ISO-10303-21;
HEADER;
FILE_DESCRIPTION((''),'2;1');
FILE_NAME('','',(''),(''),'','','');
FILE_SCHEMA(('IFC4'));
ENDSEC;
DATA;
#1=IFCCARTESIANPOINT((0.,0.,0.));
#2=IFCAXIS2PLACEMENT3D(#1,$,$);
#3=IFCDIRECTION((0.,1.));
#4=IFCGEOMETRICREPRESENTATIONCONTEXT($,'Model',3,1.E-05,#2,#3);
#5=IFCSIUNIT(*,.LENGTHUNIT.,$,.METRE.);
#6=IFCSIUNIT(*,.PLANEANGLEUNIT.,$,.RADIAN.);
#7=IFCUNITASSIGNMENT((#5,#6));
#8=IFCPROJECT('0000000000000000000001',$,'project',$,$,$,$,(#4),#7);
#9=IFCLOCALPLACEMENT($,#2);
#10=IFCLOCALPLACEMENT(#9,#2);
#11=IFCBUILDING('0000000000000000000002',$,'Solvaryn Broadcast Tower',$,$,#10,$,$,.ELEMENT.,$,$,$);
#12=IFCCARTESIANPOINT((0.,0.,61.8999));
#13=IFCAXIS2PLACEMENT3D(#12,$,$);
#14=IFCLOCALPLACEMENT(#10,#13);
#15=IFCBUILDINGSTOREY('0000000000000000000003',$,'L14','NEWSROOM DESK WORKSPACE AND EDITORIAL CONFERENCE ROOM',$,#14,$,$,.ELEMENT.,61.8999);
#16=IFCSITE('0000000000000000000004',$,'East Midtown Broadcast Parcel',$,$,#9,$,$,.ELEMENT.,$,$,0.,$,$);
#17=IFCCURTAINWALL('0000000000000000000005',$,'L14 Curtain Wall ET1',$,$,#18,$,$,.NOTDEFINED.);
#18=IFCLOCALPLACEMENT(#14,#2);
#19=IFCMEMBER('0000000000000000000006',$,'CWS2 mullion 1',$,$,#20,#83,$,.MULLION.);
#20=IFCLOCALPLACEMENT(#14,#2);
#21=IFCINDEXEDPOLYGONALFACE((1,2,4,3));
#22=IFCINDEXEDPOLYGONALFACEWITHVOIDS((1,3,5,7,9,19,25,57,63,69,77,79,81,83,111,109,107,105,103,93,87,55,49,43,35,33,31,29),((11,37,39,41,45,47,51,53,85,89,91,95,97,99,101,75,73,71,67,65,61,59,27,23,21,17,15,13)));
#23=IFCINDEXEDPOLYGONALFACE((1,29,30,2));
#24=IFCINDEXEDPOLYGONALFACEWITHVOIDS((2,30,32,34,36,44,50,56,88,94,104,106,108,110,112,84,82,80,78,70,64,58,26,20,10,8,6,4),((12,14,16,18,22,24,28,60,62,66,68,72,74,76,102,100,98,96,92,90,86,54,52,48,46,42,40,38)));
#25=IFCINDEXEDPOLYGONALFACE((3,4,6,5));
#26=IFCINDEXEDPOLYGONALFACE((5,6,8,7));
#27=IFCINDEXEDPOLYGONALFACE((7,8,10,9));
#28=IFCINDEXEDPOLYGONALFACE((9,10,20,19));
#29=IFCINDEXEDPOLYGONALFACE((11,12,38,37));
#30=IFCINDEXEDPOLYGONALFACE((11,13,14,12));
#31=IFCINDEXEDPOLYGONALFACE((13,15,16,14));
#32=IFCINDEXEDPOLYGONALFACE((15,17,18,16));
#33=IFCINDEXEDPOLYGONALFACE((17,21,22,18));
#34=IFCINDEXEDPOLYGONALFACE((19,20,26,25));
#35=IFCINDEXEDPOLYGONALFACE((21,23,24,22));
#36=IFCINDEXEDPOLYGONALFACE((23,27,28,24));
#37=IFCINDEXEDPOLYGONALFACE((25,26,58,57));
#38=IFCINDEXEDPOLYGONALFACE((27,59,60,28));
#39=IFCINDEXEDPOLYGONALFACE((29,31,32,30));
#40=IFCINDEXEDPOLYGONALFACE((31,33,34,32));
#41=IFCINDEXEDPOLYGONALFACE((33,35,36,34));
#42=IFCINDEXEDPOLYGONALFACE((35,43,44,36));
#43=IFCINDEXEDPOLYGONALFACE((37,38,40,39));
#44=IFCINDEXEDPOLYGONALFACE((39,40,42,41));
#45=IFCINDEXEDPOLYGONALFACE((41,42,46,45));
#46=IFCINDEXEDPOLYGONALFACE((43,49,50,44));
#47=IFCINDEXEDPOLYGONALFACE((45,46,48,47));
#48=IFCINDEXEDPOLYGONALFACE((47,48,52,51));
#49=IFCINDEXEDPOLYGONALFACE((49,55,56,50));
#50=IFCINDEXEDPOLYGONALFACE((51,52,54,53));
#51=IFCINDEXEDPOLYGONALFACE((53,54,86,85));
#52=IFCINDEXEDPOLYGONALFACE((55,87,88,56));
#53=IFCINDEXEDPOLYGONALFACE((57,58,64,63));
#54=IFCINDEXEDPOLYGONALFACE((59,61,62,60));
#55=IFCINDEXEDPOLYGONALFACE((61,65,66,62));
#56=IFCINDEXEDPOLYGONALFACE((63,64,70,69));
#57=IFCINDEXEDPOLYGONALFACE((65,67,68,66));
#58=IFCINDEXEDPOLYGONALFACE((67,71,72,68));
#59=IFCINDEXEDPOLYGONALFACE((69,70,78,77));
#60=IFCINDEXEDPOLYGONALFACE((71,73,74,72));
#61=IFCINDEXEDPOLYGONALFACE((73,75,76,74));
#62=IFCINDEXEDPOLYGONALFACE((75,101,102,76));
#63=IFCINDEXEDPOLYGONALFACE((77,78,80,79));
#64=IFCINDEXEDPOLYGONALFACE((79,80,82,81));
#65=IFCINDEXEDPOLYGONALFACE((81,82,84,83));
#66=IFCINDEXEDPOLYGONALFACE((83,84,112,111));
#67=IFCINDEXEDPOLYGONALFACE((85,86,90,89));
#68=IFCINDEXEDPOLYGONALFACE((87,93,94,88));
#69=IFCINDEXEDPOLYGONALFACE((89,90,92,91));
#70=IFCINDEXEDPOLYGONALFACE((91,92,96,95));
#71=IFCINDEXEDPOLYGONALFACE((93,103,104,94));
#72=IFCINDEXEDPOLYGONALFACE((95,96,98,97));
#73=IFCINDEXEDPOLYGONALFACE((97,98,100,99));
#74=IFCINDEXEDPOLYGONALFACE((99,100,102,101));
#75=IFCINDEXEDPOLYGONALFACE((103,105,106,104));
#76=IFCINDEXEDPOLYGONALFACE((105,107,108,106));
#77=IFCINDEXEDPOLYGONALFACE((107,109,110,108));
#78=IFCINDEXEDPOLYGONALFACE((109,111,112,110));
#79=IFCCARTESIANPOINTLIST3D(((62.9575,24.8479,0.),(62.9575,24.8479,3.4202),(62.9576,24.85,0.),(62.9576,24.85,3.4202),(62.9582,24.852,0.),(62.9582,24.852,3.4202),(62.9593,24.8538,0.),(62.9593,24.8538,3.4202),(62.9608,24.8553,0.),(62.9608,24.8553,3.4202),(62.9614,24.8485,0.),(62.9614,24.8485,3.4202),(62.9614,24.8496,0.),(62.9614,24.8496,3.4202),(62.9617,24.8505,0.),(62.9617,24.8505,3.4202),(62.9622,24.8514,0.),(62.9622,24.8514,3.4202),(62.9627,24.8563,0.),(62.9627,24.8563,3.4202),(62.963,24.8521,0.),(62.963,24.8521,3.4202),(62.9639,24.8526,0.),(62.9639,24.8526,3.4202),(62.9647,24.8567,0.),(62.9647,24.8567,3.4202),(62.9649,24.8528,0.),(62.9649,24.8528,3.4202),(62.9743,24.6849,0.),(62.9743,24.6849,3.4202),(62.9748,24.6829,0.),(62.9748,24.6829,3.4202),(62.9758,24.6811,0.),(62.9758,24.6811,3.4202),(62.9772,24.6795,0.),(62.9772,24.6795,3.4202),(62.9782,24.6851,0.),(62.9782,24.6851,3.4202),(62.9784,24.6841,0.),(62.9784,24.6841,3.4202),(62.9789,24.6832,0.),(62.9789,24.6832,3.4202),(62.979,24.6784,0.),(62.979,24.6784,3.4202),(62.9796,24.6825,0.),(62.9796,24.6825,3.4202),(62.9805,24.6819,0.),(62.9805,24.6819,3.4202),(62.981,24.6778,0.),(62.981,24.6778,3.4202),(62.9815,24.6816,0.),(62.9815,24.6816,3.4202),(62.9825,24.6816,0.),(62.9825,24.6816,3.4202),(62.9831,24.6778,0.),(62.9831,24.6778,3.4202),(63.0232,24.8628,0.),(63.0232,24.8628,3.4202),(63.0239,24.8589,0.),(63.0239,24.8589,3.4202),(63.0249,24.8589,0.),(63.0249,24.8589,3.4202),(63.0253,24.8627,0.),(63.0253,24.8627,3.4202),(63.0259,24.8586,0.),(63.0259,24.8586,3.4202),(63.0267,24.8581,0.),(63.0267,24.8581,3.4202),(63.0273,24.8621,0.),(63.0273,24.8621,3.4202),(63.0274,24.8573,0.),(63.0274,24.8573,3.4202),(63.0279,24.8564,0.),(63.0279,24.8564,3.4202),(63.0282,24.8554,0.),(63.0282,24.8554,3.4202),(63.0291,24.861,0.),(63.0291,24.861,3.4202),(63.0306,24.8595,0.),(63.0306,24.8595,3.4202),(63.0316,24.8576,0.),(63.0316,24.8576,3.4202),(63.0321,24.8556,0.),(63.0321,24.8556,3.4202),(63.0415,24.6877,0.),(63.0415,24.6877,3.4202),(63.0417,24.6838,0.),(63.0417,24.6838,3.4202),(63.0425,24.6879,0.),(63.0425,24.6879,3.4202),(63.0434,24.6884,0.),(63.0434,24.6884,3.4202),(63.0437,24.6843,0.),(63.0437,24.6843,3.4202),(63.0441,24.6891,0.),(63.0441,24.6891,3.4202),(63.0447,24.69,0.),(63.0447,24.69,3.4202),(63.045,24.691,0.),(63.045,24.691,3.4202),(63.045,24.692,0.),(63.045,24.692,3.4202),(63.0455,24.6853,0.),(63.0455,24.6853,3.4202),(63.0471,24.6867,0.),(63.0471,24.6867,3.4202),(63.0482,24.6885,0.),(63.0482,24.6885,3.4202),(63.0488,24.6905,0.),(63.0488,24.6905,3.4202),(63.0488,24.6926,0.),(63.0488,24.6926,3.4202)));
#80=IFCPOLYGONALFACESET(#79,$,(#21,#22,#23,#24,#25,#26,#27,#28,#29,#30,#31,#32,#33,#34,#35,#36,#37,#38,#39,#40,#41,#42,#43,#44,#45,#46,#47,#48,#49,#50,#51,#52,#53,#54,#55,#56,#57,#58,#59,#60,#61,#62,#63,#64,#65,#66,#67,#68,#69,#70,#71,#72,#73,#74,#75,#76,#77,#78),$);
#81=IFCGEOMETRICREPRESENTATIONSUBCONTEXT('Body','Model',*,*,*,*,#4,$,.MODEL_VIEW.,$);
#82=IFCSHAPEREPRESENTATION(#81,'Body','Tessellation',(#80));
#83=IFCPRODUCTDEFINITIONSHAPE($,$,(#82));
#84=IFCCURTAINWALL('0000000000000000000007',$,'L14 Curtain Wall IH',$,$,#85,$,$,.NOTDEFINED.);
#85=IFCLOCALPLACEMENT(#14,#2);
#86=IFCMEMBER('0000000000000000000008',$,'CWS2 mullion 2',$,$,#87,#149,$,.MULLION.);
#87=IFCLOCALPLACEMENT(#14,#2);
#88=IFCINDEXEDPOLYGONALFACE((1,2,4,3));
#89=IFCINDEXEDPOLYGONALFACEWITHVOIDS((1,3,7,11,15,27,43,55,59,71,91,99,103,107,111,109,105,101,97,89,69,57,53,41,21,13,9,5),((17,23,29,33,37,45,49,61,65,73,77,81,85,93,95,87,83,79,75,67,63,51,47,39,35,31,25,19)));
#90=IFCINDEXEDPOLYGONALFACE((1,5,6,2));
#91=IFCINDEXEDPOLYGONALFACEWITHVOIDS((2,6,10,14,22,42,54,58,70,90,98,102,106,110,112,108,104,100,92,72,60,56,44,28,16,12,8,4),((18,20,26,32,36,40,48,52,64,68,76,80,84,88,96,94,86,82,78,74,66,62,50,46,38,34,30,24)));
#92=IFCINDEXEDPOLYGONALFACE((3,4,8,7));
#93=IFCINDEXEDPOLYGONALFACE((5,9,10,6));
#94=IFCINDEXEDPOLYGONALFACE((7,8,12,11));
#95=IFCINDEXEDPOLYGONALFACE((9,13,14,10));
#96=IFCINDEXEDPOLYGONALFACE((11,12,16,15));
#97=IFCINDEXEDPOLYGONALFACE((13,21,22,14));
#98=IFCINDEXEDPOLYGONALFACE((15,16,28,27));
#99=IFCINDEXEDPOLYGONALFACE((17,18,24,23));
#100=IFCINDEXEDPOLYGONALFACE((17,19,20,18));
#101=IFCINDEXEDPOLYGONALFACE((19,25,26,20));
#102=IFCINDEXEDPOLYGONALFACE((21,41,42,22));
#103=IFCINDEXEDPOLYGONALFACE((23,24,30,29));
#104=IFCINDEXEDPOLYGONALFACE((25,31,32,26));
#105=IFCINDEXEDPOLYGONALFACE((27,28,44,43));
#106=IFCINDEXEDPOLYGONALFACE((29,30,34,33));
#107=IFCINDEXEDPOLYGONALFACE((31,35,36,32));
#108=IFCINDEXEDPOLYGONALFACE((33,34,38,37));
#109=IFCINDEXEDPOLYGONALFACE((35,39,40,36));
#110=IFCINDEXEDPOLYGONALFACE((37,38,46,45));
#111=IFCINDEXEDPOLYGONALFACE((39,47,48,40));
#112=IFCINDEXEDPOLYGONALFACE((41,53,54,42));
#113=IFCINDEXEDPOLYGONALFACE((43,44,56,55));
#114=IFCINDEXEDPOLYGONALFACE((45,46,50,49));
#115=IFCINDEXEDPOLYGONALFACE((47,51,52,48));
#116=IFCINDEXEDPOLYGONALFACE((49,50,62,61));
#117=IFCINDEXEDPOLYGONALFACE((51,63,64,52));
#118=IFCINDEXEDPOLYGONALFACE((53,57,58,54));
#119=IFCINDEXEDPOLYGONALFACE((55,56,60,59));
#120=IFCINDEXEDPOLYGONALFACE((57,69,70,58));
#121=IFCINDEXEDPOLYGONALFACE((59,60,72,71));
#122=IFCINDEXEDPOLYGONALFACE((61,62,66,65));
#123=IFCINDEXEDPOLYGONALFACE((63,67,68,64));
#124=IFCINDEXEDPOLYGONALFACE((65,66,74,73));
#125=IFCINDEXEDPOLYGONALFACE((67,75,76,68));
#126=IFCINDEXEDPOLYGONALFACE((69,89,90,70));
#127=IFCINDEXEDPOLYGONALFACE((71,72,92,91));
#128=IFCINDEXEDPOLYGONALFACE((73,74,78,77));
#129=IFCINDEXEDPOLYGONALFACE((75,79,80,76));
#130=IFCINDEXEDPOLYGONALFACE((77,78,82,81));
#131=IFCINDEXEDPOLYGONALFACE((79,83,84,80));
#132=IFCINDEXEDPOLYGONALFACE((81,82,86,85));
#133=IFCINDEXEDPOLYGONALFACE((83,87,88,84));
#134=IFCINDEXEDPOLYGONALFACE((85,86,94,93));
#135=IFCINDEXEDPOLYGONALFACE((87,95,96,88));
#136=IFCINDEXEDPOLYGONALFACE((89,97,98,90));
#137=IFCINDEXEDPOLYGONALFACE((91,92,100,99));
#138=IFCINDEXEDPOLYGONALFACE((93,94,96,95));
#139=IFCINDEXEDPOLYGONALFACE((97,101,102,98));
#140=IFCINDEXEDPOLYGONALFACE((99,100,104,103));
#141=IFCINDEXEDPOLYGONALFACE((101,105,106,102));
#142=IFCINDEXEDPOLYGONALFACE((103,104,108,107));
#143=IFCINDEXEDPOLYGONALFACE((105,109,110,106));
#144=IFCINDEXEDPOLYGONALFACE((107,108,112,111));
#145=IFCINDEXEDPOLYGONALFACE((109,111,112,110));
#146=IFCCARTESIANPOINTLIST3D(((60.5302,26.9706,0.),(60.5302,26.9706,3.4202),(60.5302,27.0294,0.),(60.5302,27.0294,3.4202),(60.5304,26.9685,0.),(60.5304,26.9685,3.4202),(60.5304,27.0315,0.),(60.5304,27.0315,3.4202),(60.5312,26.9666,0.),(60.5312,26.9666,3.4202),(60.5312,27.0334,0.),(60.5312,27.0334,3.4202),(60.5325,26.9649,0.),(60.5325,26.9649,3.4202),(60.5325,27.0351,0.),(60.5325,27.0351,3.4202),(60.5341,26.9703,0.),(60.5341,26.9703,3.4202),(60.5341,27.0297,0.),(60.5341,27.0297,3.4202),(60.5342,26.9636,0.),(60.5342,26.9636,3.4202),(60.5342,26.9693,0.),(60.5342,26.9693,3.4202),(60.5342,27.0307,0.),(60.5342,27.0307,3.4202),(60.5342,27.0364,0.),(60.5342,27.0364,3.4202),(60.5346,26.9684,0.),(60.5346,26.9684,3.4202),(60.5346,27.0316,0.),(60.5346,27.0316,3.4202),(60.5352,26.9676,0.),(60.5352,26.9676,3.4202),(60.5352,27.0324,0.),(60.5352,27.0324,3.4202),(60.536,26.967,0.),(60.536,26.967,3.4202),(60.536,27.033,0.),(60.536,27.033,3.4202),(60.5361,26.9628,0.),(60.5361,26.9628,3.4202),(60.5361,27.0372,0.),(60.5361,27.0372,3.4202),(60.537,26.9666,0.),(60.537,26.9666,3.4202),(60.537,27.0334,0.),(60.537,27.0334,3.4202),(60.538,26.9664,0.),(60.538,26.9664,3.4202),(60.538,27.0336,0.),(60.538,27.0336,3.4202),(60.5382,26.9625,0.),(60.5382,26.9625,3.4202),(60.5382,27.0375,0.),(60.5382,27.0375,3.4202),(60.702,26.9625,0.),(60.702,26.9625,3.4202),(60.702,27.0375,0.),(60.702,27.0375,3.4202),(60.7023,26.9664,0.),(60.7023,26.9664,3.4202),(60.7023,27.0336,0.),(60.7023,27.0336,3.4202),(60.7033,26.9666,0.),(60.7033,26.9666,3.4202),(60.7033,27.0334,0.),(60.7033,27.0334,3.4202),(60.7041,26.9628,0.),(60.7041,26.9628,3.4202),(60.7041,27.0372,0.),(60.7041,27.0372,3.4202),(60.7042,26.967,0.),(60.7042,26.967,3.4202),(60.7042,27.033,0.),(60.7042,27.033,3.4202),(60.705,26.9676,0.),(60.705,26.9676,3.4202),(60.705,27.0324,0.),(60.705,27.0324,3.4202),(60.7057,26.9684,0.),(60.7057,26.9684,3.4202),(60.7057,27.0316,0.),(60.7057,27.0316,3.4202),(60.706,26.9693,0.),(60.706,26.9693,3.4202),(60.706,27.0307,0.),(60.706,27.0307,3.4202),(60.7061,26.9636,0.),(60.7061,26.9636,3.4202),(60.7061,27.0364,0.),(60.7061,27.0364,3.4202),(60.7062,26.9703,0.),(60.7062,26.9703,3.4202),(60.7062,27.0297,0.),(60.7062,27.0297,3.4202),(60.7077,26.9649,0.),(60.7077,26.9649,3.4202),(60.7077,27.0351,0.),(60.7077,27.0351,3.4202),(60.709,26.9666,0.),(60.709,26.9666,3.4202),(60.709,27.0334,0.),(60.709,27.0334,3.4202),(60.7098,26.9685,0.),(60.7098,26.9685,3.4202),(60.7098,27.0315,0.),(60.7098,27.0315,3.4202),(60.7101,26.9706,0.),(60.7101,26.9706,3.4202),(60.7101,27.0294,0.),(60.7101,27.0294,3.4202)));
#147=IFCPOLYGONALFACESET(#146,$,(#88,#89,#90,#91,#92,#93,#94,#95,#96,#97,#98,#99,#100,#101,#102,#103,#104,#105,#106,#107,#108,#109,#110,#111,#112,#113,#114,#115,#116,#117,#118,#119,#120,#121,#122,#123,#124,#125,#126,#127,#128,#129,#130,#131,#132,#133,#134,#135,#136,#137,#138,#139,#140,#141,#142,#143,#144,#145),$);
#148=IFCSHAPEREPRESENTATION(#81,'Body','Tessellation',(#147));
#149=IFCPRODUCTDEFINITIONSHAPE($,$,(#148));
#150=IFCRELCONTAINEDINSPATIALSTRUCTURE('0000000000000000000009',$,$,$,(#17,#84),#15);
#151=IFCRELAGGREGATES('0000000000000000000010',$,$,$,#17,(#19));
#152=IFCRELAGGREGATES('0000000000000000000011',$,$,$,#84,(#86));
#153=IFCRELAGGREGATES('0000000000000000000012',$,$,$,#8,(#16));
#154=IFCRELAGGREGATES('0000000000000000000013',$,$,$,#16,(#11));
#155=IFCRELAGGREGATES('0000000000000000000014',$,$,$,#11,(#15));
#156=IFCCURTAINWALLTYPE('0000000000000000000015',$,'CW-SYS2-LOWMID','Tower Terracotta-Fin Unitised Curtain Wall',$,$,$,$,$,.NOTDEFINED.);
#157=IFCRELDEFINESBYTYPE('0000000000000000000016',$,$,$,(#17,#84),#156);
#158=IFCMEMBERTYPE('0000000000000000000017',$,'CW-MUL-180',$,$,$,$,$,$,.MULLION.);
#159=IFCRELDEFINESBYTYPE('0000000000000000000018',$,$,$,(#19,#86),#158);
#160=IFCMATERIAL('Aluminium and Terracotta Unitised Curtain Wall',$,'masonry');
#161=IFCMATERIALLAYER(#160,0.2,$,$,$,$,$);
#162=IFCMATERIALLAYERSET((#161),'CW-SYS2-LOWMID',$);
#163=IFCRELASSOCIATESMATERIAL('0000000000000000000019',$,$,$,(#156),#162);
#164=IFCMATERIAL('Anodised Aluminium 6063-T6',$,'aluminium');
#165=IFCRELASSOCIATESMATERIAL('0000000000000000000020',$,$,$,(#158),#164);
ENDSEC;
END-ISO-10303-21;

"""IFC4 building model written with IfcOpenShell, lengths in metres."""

from ifc_helpers import new_model, si_unit, direction, frame, origin, origin_2d, place, context, subcontext, project, spatial, hollow_rectangle, extrude, material, layer, layer_set, material_profile, profile_set, type_object, element, aggregate, save


model = new_model("IFC4")

# Units and contexts
model_context = context("Model", 3, precision=1e-05, world=origin(), true_north=direction((0.0, 1.0)))
body_context = subcontext(model_context, "Body", "Model", "MODEL_VIEW")
ifc_project = project(units=[si_unit("LENGTHUNIT", "METRE"), si_unit("PLANEANGLEUNIT", "RADIAN")], contexts=[model_context])

# Site, building, storey
site_placement = place(None, origin())
site = spatial("IfcSite", under=ifc_project, at=site_placement, Name="East Midtown Broadcast Parcel", CompositionType="ELEMENT", RefElevation=0.0)
building_placement = place(site_placement, origin())
building = spatial("IfcBuilding", under=site, at=building_placement, Name="Solvaryn Broadcast Tower", CompositionType="ELEMENT")
storey_placement = place(building_placement, frame((0.0, 0.0, 61.8999)))
storey = spatial("IfcBuildingStorey", under=building, at=storey_placement, Name="L14", Description="NEWSROOM DESK WORKSPACE AND EDITORIAL CONFERENCE ROOM", CompositionType="ELEMENT", Elevation=61.8999)

# Curtain walls, members
ifc_material_1 = material(Name="Aluminium and Terracotta Unitised Curtain Wall", Category="masonry")
ifc_layer_1 = layer(ifc_material_1, 0.2)
ifc_layer_set_1 = layer_set([ifc_layer_1], Name="CW-SYS2-LOWMID")
curtain_wall_type = type_object("IfcCurtainWallType", Name="CW-SYS2-LOWMID", Description="Tower Terracotta-Fin Unitised Curtain Wall", PredefinedType="NOTDEFINED", material=ifc_layer_set_1)
curtain_wall_1_placement = place(storey_placement, origin())
curtain_wall_1 = element("IfcCurtainWall", 1, at=curtain_wall_1_placement, inside=storey, type_object=curtain_wall_type, Name="L14 Curtain Wall ET1", PredefinedType="NOTDEFINED")
ifc_material_2 = material(Name="Anodised Aluminium 6063-T6", Category="aluminium")
ifc_material_profile_1 = material_profile(ifc_material_2, hollow_rectangle(XDim=0.075, YDim=0.1799, WallThickness=0.0039, InnerFilletRadius=0.0039, OuterFilletRadius=0.0081, at=origin_2d()))
ifc_profile_set_1 = profile_set([ifc_material_profile_1], Name="Anodised Aluminium 6063-T6")
member_type_1 = type_object("IfcMemberType", Name="CW-MUL-180", PredefinedType="MULLION", material=ifc_profile_set_1)
member_1_placement = place(storey_placement, frame((63.0032, 24.7703, 0.0), z_axis=(0.0, 0.0, 1.0), x_axis=(0.994743, 0.1024, 0.0)))
member_1 = element("IfcMember", 2, at=member_1_placement, type_object=member_type_1, Name="CWS2 mullion 1", PredefinedType="MULLION", context=body_context, shape_type="SweptSolid", body=[
    extrude(hollow_rectangle(XDim=0.075, YDim=0.1799, WallThickness=0.0039, InnerFilletRadius=0.0039, OuterFilletRadius=0.0081, at=origin_2d()), origin(), (0.0, 0.0, 1.0), 3.4202),
])
curtain_wall_2_placement = place(storey_placement, origin())
curtain_wall_2 = element("IfcCurtainWall", 3, at=curtain_wall_2_placement, inside=storey, type_object=curtain_wall_type, Name="L14 Curtain Wall IH", PredefinedType="NOTDEFINED")
member_2_placement = place(storey_placement, frame((60.6201, 27.0, 0.0), z_axis=(0.0, 0.0, 1.0), x_axis=(0.0, 1.0, 0.0)))
member_2 = element("IfcMember", 4, at=member_2_placement, type_object=member_type_1, Name="CWS2 mullion 2", PredefinedType="MULLION", context=body_context, shape_type="SweptSolid", body=[
    extrude(hollow_rectangle(XDim=0.075, YDim=0.1799, WallThickness=0.0039, InnerFilletRadius=0.0039, OuterFilletRadius=0.0081, at=origin_2d()), origin(), (0.0, 0.0, 1.0), 3.4202),
])

aggregate(curtain_wall_1, [member_1])
aggregate(curtain_wall_2, [member_2])

save(model, "model.ifc")
